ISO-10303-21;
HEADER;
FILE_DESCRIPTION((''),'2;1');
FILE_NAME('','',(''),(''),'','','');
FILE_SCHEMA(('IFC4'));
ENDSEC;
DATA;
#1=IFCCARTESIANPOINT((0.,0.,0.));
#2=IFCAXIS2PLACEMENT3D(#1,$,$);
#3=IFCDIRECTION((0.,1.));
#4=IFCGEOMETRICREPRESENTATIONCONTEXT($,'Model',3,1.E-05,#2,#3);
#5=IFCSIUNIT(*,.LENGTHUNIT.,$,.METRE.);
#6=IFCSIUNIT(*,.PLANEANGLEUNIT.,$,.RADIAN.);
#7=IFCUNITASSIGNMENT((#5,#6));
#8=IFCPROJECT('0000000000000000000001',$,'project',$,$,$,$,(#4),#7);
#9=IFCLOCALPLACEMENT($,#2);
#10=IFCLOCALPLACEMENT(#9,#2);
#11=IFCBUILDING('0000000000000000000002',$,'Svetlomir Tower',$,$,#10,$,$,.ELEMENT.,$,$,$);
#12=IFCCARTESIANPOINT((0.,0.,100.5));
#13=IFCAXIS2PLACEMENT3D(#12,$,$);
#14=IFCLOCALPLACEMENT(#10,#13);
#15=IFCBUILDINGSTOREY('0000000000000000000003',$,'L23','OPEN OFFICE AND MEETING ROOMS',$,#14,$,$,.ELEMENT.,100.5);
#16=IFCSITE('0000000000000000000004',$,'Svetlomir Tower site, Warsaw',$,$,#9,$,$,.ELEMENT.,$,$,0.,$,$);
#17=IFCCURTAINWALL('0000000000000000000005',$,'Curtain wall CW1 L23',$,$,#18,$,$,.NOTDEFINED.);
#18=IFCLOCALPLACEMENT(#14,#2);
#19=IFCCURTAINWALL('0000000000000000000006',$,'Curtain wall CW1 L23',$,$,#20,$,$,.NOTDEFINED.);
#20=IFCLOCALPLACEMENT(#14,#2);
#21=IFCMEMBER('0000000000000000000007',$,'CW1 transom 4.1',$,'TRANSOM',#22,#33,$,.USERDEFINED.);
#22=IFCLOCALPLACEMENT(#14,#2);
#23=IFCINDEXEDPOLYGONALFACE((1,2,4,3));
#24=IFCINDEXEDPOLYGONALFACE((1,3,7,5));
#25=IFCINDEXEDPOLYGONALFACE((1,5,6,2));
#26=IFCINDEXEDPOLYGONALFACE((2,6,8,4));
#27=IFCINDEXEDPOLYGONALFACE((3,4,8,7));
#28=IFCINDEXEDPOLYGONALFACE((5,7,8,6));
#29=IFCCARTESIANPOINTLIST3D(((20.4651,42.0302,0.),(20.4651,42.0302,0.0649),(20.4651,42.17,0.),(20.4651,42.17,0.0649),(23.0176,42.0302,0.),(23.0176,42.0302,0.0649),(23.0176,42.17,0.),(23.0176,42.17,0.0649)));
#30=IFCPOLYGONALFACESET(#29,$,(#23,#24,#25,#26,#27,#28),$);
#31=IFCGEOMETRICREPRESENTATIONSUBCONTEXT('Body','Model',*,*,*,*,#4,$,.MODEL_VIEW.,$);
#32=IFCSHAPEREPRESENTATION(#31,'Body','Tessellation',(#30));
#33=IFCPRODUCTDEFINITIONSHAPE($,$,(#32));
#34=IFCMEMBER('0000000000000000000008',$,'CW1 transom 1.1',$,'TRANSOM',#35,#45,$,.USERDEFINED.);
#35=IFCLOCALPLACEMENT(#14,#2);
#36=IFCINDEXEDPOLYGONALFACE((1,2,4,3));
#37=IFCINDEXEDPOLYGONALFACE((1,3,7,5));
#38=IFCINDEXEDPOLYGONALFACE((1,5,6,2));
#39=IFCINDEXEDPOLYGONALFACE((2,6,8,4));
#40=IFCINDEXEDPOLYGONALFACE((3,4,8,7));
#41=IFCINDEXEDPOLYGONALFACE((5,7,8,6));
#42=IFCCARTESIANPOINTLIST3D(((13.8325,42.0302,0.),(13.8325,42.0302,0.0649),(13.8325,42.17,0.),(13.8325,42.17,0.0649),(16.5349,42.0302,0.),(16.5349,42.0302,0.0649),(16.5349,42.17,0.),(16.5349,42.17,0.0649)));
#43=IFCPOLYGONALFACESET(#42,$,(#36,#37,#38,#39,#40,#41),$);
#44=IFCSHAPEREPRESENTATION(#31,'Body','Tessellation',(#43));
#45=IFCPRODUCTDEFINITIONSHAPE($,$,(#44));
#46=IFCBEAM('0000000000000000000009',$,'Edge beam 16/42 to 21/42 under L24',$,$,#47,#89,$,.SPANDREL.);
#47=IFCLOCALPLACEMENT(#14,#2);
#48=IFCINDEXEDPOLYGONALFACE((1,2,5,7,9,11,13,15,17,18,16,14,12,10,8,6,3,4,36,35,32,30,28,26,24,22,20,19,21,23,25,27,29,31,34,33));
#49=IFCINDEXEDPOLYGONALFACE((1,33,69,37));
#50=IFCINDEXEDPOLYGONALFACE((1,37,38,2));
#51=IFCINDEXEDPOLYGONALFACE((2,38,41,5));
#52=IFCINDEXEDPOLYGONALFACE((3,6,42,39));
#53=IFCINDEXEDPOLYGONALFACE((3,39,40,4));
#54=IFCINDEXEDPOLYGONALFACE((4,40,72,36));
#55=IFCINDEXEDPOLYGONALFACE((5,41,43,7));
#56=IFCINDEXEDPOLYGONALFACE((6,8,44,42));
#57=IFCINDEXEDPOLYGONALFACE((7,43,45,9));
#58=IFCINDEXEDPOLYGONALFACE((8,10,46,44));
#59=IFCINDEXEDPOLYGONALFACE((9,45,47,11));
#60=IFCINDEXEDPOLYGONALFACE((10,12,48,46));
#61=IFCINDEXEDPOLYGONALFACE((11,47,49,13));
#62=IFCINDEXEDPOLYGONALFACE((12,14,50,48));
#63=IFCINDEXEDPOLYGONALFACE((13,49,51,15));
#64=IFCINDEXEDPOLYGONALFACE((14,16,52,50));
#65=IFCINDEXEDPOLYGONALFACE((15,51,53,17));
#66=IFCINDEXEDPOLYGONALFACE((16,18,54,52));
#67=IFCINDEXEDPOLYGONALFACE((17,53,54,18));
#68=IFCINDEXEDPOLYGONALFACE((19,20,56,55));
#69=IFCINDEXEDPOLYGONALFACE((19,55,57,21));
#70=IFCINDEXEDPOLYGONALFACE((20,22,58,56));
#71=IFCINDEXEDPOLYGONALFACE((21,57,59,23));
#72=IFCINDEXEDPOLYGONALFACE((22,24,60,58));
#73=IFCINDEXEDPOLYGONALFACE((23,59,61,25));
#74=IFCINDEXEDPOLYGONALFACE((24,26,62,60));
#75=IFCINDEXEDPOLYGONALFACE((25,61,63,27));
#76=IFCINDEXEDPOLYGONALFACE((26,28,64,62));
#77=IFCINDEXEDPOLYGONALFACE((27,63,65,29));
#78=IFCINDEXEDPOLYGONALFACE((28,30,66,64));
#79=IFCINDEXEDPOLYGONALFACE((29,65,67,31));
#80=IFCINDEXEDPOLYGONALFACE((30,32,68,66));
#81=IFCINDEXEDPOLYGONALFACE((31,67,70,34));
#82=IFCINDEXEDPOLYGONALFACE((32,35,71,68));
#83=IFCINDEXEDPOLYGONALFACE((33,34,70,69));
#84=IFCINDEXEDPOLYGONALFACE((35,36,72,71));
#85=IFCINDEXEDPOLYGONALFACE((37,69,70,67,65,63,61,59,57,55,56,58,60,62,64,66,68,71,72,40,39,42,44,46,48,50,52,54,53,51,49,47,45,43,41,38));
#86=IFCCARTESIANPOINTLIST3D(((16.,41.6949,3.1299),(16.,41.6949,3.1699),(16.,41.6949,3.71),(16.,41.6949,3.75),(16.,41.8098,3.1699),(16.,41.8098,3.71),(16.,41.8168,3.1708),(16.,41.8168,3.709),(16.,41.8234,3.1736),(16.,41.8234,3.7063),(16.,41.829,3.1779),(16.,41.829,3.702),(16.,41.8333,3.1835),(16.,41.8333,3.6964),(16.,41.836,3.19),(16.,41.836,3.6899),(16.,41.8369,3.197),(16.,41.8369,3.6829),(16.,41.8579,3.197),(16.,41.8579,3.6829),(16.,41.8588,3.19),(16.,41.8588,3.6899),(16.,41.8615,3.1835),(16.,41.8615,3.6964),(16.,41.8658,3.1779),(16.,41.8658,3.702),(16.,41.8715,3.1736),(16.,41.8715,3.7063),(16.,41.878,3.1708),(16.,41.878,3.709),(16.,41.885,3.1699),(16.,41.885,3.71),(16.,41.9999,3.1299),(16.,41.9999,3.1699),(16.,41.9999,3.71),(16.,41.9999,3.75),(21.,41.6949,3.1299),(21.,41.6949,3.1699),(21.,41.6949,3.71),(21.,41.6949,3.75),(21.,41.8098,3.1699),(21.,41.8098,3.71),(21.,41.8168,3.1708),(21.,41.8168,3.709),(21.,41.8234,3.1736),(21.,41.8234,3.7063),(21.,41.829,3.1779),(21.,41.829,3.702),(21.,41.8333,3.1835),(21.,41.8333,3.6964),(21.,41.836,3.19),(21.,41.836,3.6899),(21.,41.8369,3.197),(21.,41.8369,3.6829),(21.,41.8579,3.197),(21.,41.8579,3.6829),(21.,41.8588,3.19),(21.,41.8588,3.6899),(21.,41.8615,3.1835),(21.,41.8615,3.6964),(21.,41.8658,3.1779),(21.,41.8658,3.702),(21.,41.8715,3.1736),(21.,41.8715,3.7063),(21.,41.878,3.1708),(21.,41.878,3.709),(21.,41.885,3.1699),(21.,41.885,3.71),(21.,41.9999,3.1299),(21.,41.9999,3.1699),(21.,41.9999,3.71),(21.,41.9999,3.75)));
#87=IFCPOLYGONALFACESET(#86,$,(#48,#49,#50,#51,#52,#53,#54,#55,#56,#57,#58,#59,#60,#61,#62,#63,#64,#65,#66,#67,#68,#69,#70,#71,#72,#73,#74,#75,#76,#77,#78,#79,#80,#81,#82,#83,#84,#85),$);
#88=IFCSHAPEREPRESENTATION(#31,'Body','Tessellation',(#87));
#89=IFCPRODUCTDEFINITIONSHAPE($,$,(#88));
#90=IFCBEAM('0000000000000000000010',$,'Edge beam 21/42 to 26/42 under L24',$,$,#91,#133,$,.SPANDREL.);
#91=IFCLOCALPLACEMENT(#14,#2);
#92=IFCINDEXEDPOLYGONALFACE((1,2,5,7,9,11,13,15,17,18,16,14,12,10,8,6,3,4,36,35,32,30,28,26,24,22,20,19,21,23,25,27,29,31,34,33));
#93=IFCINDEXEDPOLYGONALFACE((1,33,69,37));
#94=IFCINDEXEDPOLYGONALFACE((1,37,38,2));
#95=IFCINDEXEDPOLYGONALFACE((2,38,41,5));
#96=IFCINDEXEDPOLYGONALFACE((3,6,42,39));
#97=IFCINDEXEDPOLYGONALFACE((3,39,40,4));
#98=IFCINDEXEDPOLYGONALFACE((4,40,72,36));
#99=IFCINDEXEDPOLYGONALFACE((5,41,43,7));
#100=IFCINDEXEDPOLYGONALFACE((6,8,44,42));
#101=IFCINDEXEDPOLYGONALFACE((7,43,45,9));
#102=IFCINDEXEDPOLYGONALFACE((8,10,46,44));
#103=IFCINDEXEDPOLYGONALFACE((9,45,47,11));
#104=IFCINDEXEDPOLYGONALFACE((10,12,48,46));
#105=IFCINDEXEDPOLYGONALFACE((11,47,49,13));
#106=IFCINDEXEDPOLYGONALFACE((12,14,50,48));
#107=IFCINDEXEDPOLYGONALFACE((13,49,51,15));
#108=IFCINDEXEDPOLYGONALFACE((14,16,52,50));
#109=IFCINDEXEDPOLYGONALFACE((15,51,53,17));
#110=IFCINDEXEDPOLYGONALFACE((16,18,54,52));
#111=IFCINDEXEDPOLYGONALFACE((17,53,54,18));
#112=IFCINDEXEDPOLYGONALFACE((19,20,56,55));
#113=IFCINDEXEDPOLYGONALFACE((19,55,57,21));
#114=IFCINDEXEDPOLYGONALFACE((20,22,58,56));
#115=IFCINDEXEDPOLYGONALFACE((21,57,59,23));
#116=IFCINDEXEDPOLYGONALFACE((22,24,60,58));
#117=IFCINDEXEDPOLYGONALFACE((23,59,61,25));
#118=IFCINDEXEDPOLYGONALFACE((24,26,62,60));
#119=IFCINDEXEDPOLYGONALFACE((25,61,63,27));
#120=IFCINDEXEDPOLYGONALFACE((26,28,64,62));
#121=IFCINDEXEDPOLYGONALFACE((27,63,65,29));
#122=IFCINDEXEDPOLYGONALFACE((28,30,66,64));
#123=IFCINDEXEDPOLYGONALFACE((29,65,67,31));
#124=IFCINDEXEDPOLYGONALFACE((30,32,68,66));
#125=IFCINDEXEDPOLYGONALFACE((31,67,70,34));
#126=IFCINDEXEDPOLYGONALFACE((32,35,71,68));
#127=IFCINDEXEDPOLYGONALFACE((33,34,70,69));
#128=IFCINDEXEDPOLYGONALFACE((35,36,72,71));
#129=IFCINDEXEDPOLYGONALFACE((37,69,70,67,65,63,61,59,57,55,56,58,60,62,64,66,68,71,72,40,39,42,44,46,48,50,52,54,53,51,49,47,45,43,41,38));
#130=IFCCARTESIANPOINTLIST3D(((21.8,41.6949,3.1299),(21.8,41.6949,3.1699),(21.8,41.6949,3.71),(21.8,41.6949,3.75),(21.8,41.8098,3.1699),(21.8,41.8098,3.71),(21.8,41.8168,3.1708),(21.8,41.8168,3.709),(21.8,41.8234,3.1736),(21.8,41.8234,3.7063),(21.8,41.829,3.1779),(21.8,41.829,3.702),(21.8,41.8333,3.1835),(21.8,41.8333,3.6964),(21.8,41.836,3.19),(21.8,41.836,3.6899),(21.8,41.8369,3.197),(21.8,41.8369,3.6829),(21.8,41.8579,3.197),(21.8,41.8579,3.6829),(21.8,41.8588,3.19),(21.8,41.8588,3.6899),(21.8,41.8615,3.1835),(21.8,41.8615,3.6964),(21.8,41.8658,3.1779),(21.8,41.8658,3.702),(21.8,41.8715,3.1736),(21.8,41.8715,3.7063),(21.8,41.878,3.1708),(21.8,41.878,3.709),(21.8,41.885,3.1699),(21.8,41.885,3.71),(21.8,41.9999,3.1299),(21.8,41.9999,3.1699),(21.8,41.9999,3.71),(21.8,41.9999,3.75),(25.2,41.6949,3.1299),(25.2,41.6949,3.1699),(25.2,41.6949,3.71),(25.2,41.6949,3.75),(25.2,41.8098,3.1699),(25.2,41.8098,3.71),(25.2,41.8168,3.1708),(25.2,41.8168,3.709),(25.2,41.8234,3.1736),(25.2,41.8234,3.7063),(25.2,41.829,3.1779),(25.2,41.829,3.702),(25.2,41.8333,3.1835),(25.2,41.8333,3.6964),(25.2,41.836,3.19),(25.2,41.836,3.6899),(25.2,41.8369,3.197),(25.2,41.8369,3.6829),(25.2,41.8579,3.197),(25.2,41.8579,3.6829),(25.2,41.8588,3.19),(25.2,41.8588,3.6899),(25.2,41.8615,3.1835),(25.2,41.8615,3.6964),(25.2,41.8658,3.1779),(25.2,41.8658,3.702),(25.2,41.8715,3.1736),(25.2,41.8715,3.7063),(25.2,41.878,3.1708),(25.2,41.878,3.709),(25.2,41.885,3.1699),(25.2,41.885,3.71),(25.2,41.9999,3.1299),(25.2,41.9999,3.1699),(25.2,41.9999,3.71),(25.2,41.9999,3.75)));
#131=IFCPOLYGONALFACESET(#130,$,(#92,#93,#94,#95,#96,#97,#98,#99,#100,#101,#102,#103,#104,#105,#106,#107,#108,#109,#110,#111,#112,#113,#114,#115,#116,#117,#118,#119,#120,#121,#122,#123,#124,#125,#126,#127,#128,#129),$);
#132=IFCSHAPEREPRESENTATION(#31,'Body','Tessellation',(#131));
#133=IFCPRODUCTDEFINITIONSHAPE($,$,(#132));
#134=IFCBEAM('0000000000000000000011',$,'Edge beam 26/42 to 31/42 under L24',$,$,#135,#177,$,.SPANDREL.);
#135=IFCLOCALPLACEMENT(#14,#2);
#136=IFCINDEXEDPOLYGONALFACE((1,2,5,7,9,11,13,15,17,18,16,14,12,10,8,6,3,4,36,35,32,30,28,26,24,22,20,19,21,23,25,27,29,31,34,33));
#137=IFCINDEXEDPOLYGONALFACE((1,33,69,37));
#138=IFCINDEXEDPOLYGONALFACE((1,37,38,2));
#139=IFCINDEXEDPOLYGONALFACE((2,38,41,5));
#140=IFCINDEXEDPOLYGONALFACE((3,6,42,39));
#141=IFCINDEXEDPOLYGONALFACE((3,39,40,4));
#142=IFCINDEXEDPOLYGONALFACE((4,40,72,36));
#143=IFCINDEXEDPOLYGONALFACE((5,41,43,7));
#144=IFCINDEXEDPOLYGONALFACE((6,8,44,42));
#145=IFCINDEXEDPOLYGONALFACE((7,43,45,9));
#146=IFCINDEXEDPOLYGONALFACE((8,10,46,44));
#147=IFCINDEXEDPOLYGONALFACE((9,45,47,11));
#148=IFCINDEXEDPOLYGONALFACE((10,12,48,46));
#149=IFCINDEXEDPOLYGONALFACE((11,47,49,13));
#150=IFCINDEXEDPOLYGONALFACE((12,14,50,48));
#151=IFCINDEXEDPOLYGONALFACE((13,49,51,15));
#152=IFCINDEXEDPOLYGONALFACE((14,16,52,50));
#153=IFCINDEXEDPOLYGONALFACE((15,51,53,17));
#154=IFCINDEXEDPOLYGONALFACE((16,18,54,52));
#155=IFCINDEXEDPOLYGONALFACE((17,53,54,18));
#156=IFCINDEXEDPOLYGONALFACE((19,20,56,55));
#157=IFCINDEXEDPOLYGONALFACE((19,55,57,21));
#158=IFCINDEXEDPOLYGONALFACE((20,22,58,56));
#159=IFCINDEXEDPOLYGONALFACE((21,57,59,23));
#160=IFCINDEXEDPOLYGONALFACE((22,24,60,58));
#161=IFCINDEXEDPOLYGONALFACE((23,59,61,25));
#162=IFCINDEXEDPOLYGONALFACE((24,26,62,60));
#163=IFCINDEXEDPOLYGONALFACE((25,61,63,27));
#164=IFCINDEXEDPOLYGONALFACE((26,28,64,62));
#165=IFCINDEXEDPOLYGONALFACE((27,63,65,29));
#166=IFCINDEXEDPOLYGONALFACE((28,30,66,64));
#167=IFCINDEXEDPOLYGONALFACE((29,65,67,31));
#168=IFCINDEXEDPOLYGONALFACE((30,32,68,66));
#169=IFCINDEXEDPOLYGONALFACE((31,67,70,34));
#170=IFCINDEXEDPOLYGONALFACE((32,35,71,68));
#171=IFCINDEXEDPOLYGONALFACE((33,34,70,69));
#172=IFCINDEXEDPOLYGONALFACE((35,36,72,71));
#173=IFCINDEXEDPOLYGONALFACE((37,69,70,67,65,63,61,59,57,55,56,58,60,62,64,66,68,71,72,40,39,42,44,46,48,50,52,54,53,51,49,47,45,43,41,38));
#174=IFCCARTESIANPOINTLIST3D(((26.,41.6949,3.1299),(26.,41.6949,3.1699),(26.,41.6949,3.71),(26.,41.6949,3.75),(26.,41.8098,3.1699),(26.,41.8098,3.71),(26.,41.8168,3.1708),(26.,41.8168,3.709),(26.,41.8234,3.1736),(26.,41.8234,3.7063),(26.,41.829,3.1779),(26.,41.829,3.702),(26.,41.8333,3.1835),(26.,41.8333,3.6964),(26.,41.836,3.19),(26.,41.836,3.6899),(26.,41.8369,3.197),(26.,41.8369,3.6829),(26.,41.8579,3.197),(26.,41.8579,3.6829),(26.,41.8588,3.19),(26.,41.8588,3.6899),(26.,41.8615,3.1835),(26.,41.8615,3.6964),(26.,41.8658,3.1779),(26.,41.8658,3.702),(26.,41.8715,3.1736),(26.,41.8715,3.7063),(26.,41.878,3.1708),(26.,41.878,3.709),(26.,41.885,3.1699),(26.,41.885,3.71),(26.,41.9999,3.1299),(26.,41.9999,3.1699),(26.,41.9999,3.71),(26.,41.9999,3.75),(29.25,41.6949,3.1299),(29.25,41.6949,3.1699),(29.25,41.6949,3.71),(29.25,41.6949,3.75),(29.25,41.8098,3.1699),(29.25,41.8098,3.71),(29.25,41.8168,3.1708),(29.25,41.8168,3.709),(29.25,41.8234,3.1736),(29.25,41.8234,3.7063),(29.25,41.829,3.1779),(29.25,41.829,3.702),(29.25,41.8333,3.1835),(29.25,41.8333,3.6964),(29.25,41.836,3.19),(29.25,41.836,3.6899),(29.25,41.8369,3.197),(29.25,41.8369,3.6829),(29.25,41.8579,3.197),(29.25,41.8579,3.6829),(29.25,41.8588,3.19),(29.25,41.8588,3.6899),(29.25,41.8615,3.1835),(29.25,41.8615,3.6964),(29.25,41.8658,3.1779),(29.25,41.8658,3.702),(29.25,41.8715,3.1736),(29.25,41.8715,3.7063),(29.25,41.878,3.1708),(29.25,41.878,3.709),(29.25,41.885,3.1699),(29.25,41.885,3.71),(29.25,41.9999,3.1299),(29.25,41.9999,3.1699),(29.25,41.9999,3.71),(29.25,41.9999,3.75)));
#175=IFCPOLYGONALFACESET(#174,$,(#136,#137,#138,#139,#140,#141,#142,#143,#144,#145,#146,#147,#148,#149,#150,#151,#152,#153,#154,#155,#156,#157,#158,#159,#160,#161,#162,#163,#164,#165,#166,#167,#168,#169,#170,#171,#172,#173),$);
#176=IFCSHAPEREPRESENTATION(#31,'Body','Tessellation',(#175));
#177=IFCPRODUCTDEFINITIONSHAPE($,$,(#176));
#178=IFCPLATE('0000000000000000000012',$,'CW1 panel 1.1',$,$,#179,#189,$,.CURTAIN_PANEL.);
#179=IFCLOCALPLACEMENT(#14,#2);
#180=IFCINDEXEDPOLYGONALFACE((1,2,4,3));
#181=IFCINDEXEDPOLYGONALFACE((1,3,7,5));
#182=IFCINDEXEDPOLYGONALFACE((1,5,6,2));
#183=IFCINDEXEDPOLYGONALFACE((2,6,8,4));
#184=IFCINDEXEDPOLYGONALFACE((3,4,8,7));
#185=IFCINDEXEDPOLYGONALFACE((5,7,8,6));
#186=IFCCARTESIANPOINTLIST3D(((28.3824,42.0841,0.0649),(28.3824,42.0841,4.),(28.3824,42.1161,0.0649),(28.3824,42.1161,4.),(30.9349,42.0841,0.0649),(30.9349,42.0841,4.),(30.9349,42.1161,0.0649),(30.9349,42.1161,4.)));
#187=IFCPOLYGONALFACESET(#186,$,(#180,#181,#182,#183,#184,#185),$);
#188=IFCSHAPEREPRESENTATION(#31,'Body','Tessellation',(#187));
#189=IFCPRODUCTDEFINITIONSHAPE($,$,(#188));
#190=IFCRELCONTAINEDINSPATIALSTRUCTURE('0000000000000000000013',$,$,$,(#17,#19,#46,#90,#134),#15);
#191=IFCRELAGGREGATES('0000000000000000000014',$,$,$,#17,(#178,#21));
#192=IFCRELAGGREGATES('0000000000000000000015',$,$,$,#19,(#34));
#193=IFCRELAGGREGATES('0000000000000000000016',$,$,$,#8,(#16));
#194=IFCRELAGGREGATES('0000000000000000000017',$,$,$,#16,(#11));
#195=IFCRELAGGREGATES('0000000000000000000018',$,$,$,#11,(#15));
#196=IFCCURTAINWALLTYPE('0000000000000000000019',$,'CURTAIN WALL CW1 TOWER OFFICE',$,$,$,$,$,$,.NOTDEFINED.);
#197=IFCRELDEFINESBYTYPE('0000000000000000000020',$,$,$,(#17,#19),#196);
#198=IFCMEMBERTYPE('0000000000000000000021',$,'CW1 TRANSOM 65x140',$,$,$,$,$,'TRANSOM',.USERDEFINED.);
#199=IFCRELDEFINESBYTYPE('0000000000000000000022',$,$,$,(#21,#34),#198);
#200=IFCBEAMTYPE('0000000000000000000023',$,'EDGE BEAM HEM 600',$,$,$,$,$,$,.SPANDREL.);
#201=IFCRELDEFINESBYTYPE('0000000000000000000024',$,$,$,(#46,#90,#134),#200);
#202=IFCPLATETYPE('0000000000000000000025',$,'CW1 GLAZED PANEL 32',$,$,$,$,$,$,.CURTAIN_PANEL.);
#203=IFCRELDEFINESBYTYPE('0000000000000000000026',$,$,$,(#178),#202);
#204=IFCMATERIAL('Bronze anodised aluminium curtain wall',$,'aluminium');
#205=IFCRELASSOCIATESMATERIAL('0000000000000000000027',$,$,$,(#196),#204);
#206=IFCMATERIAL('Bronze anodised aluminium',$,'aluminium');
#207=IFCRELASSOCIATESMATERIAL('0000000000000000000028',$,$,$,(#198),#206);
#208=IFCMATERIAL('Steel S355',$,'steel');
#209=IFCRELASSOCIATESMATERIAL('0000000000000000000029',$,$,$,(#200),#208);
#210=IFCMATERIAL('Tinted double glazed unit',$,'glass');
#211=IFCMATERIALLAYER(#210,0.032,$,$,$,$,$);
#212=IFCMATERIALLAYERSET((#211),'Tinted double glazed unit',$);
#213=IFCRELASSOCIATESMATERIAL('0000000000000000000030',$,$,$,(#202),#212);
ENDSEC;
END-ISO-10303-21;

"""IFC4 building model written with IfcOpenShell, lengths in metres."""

from ifc_helpers import new_model, si_unit, direction, frame, origin, origin_2d, place, context, subcontext, project, spatial, rectangle, i_section, extrude, material, layer, layer_set, material_profile, profile_set, type_object, element, aggregate, save


model = new_model("IFC4")

# Units and contexts
model_context = context("Model", 3, precision=1e-05, world=origin(), true_north=direction((0.0, 1.0)))
body_context = subcontext(model_context, "Body", "Model", "MODEL_VIEW")
ifc_project = project(units=[si_unit("LENGTHUNIT", "METRE"), si_unit("PLANEANGLEUNIT", "RADIAN")], contexts=[model_context])

# Site, building, storey
site_placement = place(None, origin())
site = spatial("IfcSite", under=ifc_project, at=site_placement, Name="Svetlomir Tower site, Warsaw", CompositionType="ELEMENT", RefElevation=0.0)
building_placement = place(site_placement, origin())
building = spatial("IfcBuilding", under=site, at=building_placement, Name="Svetlomir Tower", CompositionType="ELEMENT")
storey_placement = place(building_placement, frame((0.0, 0.0, 100.5)))
storey = spatial("IfcBuildingStorey", under=building, at=storey_placement, Name="L23", Description="OPEN OFFICE AND MEETING ROOMS", CompositionType="ELEMENT", Elevation=100.5)

# Curtain wall
ifc_material_1 = material(Name="Bronze anodised aluminium curtain wall", Category="aluminium")
curtain_wall_type = type_object("IfcCurtainWallType", Name="CURTAIN WALL CW1 TOWER OFFICE", PredefinedType="NOTDEFINED", material=ifc_material_1)
curtain_wall_1_placement = place(storey_placement, origin())
curtain_wall_1 = element("IfcCurtainWall", 1, at=curtain_wall_1_placement, inside=storey, type_object=curtain_wall_type, Name="Curtain wall CW1 L23", PredefinedType="NOTDEFINED")

# Curtain wall
curtain_wall_2_placement = place(storey_placement, origin())
curtain_wall_2 = element("IfcCurtainWall", 2, at=curtain_wall_2_placement, inside=storey, type_object=curtain_wall_type, Name="Curtain wall CW1 L23", PredefinedType="NOTDEFINED")

# Members
ifc_material_2 = material(Name="Bronze anodised aluminium", Category="aluminium")
ifc_material_profile_1 = material_profile(ifc_material_2, rectangle(XDim=0.1399, YDim=0.0649, at=origin_2d()), Name="AL 140x65")
ifc_profile_set_1 = profile_set([ifc_material_profile_1], Name="Bronze anodised aluminium 6063-T6")
member_type_1 = type_object("IfcMemberType", Name="CW1 TRANSOM 65x140", ElementType="TRANSOM", PredefinedType="USERDEFINED", material=ifc_profile_set_1)
member_1_placement = place(storey_placement, frame((23.0176, 42.1001, 0.0325), z_axis=(-1.0, 0.0, 0.0), x_axis=(0.0, -1.0, 0.0)))
member_1 = element("IfcMember", 3, at=member_1_placement, type_object=member_type_1, Name="CW1 transom 4.1", ObjectType="TRANSOM", PredefinedType="USERDEFINED", context=body_context, shape_type="SweptSolid", body=[
    extrude(rectangle(XDim=0.1399, YDim=0.0649, at=origin_2d()), origin(), (0.0, 0.0, 1.0), 2.5525),
])
member_2_placement = place(storey_placement, frame((16.5349, 42.1001, 0.0325), z_axis=(-1.0, 0.0, 0.0), x_axis=(0.0, -1.0, 0.0)))
member_2 = element("IfcMember", 4, at=member_2_placement, type_object=member_type_1, Name="CW1 transom 1.1", ObjectType="TRANSOM", PredefinedType="USERDEFINED", context=body_context, shape_type="SweptSolid", body=[
    extrude(rectangle(XDim=0.1399, YDim=0.0649, at=origin_2d()), origin(), (0.0, 0.0, 1.0), 2.7024),
])

# Beams
ifc_material_3 = material(Name="Steel S355", Category="steel")
ifc_material_profile_2 = material_profile(ifc_material_3, i_section(OverallWidth=0.3049, OverallDepth=0.6201, WebThickness=0.021, FlangeThickness=0.04, FilletRadius=0.0271, at=origin_2d()), Name="HEM 600")
ifc_profile_set_2 = profile_set([ifc_material_profile_2], Name="Steel S355")
beam_type_1 = type_object("IfcBeamType", Name="EDGE BEAM HEM 600", PredefinedType="SPANDREL", material=ifc_profile_set_2)
beam_1_placement = place(storey_placement, frame((16.0, 41.8474, 3.4399), z_axis=(1.0, 0.0, 0.0), x_axis=(0.0, 1.0, 0.0)))
element("IfcBeam", 5, at=beam_1_placement, inside=storey, type_object=beam_type_1, Name="Edge beam 16/42 to 21/42 under L24", PredefinedType="SPANDREL", context=body_context, shape_type="SweptSolid", body=[
    extrude(i_section(OverallWidth=0.3049, OverallDepth=0.6201, WebThickness=0.021, FlangeThickness=0.04, FilletRadius=0.0271, at=origin_2d()), origin(), (0.0, 0.0, 1.0), 5.0),
])
beam_2_placement = place(storey_placement, frame((21.8, 41.8474, 3.4399), z_axis=(1.0, 0.0, 0.0), x_axis=(0.0, 1.0, 0.0)))
element("IfcBeam", 6, at=beam_2_placement, inside=storey, type_object=beam_type_1, Name="Edge beam 21/42 to 26/42 under L24", PredefinedType="SPANDREL", context=body_context, shape_type="SweptSolid", body=[
    extrude(i_section(OverallWidth=0.3049, OverallDepth=0.6201, WebThickness=0.021, FlangeThickness=0.04, FilletRadius=0.0271, at=origin_2d()), origin(), (0.0, 0.0, 1.0), 3.3999),
])
beam_3_placement = place(storey_placement, frame((26.0, 41.8474, 3.4399), z_axis=(1.0, 0.0, 0.0), x_axis=(0.0, 1.0, 0.0)))
element("IfcBeam", 7, at=beam_3_placement, inside=storey, type_object=beam_type_1, Name="Edge beam 26/42 to 31/42 under L24", PredefinedType="SPANDREL", context=body_context, shape_type="SweptSolid", body=[
    extrude(i_section(OverallWidth=0.3049, OverallDepth=0.6201, WebThickness=0.021, FlangeThickness=0.04, FilletRadius=0.0271, at=origin_2d()), origin(), (0.0, 0.0, 1.0), 3.25),
])

# Plate
ifc_material_4 = material(Name="Tinted double glazed unit", Category="glass")
ifc_layer_1 = layer(ifc_material_4, 0.032)
ifc_layer_set_1 = layer_set([ifc_layer_1], Name="Tinted double glazed unit")
plate_type = type_object("IfcPlateType", Name="CW1 GLAZED PANEL 32", PredefinedType="CURTAIN_PANEL", material=ifc_layer_set_1)
plate_1_placement = place(storey_placement, frame((29.6587, 42.1001, 0.0649), z_axis=(0.0, 0.0, 1.0), x_axis=(-1.0, 0.0, 0.0)))
plate_1 = element("IfcPlate", 8, at=plate_1_placement, type_object=plate_type, Name="CW1 panel 1.1", PredefinedType="CURTAIN_PANEL", context=body_context, shape_type="SweptSolid", body=[
    extrude(rectangle(XDim=2.5525, YDim=0.032, at=origin_2d()), origin(), (0.0, 0.0, 1.0), 3.9351),
])
aggregate(curtain_wall_1, [plate_1, member_1])
aggregate(curtain_wall_2, [member_2])

save(model, "model.ifc")
